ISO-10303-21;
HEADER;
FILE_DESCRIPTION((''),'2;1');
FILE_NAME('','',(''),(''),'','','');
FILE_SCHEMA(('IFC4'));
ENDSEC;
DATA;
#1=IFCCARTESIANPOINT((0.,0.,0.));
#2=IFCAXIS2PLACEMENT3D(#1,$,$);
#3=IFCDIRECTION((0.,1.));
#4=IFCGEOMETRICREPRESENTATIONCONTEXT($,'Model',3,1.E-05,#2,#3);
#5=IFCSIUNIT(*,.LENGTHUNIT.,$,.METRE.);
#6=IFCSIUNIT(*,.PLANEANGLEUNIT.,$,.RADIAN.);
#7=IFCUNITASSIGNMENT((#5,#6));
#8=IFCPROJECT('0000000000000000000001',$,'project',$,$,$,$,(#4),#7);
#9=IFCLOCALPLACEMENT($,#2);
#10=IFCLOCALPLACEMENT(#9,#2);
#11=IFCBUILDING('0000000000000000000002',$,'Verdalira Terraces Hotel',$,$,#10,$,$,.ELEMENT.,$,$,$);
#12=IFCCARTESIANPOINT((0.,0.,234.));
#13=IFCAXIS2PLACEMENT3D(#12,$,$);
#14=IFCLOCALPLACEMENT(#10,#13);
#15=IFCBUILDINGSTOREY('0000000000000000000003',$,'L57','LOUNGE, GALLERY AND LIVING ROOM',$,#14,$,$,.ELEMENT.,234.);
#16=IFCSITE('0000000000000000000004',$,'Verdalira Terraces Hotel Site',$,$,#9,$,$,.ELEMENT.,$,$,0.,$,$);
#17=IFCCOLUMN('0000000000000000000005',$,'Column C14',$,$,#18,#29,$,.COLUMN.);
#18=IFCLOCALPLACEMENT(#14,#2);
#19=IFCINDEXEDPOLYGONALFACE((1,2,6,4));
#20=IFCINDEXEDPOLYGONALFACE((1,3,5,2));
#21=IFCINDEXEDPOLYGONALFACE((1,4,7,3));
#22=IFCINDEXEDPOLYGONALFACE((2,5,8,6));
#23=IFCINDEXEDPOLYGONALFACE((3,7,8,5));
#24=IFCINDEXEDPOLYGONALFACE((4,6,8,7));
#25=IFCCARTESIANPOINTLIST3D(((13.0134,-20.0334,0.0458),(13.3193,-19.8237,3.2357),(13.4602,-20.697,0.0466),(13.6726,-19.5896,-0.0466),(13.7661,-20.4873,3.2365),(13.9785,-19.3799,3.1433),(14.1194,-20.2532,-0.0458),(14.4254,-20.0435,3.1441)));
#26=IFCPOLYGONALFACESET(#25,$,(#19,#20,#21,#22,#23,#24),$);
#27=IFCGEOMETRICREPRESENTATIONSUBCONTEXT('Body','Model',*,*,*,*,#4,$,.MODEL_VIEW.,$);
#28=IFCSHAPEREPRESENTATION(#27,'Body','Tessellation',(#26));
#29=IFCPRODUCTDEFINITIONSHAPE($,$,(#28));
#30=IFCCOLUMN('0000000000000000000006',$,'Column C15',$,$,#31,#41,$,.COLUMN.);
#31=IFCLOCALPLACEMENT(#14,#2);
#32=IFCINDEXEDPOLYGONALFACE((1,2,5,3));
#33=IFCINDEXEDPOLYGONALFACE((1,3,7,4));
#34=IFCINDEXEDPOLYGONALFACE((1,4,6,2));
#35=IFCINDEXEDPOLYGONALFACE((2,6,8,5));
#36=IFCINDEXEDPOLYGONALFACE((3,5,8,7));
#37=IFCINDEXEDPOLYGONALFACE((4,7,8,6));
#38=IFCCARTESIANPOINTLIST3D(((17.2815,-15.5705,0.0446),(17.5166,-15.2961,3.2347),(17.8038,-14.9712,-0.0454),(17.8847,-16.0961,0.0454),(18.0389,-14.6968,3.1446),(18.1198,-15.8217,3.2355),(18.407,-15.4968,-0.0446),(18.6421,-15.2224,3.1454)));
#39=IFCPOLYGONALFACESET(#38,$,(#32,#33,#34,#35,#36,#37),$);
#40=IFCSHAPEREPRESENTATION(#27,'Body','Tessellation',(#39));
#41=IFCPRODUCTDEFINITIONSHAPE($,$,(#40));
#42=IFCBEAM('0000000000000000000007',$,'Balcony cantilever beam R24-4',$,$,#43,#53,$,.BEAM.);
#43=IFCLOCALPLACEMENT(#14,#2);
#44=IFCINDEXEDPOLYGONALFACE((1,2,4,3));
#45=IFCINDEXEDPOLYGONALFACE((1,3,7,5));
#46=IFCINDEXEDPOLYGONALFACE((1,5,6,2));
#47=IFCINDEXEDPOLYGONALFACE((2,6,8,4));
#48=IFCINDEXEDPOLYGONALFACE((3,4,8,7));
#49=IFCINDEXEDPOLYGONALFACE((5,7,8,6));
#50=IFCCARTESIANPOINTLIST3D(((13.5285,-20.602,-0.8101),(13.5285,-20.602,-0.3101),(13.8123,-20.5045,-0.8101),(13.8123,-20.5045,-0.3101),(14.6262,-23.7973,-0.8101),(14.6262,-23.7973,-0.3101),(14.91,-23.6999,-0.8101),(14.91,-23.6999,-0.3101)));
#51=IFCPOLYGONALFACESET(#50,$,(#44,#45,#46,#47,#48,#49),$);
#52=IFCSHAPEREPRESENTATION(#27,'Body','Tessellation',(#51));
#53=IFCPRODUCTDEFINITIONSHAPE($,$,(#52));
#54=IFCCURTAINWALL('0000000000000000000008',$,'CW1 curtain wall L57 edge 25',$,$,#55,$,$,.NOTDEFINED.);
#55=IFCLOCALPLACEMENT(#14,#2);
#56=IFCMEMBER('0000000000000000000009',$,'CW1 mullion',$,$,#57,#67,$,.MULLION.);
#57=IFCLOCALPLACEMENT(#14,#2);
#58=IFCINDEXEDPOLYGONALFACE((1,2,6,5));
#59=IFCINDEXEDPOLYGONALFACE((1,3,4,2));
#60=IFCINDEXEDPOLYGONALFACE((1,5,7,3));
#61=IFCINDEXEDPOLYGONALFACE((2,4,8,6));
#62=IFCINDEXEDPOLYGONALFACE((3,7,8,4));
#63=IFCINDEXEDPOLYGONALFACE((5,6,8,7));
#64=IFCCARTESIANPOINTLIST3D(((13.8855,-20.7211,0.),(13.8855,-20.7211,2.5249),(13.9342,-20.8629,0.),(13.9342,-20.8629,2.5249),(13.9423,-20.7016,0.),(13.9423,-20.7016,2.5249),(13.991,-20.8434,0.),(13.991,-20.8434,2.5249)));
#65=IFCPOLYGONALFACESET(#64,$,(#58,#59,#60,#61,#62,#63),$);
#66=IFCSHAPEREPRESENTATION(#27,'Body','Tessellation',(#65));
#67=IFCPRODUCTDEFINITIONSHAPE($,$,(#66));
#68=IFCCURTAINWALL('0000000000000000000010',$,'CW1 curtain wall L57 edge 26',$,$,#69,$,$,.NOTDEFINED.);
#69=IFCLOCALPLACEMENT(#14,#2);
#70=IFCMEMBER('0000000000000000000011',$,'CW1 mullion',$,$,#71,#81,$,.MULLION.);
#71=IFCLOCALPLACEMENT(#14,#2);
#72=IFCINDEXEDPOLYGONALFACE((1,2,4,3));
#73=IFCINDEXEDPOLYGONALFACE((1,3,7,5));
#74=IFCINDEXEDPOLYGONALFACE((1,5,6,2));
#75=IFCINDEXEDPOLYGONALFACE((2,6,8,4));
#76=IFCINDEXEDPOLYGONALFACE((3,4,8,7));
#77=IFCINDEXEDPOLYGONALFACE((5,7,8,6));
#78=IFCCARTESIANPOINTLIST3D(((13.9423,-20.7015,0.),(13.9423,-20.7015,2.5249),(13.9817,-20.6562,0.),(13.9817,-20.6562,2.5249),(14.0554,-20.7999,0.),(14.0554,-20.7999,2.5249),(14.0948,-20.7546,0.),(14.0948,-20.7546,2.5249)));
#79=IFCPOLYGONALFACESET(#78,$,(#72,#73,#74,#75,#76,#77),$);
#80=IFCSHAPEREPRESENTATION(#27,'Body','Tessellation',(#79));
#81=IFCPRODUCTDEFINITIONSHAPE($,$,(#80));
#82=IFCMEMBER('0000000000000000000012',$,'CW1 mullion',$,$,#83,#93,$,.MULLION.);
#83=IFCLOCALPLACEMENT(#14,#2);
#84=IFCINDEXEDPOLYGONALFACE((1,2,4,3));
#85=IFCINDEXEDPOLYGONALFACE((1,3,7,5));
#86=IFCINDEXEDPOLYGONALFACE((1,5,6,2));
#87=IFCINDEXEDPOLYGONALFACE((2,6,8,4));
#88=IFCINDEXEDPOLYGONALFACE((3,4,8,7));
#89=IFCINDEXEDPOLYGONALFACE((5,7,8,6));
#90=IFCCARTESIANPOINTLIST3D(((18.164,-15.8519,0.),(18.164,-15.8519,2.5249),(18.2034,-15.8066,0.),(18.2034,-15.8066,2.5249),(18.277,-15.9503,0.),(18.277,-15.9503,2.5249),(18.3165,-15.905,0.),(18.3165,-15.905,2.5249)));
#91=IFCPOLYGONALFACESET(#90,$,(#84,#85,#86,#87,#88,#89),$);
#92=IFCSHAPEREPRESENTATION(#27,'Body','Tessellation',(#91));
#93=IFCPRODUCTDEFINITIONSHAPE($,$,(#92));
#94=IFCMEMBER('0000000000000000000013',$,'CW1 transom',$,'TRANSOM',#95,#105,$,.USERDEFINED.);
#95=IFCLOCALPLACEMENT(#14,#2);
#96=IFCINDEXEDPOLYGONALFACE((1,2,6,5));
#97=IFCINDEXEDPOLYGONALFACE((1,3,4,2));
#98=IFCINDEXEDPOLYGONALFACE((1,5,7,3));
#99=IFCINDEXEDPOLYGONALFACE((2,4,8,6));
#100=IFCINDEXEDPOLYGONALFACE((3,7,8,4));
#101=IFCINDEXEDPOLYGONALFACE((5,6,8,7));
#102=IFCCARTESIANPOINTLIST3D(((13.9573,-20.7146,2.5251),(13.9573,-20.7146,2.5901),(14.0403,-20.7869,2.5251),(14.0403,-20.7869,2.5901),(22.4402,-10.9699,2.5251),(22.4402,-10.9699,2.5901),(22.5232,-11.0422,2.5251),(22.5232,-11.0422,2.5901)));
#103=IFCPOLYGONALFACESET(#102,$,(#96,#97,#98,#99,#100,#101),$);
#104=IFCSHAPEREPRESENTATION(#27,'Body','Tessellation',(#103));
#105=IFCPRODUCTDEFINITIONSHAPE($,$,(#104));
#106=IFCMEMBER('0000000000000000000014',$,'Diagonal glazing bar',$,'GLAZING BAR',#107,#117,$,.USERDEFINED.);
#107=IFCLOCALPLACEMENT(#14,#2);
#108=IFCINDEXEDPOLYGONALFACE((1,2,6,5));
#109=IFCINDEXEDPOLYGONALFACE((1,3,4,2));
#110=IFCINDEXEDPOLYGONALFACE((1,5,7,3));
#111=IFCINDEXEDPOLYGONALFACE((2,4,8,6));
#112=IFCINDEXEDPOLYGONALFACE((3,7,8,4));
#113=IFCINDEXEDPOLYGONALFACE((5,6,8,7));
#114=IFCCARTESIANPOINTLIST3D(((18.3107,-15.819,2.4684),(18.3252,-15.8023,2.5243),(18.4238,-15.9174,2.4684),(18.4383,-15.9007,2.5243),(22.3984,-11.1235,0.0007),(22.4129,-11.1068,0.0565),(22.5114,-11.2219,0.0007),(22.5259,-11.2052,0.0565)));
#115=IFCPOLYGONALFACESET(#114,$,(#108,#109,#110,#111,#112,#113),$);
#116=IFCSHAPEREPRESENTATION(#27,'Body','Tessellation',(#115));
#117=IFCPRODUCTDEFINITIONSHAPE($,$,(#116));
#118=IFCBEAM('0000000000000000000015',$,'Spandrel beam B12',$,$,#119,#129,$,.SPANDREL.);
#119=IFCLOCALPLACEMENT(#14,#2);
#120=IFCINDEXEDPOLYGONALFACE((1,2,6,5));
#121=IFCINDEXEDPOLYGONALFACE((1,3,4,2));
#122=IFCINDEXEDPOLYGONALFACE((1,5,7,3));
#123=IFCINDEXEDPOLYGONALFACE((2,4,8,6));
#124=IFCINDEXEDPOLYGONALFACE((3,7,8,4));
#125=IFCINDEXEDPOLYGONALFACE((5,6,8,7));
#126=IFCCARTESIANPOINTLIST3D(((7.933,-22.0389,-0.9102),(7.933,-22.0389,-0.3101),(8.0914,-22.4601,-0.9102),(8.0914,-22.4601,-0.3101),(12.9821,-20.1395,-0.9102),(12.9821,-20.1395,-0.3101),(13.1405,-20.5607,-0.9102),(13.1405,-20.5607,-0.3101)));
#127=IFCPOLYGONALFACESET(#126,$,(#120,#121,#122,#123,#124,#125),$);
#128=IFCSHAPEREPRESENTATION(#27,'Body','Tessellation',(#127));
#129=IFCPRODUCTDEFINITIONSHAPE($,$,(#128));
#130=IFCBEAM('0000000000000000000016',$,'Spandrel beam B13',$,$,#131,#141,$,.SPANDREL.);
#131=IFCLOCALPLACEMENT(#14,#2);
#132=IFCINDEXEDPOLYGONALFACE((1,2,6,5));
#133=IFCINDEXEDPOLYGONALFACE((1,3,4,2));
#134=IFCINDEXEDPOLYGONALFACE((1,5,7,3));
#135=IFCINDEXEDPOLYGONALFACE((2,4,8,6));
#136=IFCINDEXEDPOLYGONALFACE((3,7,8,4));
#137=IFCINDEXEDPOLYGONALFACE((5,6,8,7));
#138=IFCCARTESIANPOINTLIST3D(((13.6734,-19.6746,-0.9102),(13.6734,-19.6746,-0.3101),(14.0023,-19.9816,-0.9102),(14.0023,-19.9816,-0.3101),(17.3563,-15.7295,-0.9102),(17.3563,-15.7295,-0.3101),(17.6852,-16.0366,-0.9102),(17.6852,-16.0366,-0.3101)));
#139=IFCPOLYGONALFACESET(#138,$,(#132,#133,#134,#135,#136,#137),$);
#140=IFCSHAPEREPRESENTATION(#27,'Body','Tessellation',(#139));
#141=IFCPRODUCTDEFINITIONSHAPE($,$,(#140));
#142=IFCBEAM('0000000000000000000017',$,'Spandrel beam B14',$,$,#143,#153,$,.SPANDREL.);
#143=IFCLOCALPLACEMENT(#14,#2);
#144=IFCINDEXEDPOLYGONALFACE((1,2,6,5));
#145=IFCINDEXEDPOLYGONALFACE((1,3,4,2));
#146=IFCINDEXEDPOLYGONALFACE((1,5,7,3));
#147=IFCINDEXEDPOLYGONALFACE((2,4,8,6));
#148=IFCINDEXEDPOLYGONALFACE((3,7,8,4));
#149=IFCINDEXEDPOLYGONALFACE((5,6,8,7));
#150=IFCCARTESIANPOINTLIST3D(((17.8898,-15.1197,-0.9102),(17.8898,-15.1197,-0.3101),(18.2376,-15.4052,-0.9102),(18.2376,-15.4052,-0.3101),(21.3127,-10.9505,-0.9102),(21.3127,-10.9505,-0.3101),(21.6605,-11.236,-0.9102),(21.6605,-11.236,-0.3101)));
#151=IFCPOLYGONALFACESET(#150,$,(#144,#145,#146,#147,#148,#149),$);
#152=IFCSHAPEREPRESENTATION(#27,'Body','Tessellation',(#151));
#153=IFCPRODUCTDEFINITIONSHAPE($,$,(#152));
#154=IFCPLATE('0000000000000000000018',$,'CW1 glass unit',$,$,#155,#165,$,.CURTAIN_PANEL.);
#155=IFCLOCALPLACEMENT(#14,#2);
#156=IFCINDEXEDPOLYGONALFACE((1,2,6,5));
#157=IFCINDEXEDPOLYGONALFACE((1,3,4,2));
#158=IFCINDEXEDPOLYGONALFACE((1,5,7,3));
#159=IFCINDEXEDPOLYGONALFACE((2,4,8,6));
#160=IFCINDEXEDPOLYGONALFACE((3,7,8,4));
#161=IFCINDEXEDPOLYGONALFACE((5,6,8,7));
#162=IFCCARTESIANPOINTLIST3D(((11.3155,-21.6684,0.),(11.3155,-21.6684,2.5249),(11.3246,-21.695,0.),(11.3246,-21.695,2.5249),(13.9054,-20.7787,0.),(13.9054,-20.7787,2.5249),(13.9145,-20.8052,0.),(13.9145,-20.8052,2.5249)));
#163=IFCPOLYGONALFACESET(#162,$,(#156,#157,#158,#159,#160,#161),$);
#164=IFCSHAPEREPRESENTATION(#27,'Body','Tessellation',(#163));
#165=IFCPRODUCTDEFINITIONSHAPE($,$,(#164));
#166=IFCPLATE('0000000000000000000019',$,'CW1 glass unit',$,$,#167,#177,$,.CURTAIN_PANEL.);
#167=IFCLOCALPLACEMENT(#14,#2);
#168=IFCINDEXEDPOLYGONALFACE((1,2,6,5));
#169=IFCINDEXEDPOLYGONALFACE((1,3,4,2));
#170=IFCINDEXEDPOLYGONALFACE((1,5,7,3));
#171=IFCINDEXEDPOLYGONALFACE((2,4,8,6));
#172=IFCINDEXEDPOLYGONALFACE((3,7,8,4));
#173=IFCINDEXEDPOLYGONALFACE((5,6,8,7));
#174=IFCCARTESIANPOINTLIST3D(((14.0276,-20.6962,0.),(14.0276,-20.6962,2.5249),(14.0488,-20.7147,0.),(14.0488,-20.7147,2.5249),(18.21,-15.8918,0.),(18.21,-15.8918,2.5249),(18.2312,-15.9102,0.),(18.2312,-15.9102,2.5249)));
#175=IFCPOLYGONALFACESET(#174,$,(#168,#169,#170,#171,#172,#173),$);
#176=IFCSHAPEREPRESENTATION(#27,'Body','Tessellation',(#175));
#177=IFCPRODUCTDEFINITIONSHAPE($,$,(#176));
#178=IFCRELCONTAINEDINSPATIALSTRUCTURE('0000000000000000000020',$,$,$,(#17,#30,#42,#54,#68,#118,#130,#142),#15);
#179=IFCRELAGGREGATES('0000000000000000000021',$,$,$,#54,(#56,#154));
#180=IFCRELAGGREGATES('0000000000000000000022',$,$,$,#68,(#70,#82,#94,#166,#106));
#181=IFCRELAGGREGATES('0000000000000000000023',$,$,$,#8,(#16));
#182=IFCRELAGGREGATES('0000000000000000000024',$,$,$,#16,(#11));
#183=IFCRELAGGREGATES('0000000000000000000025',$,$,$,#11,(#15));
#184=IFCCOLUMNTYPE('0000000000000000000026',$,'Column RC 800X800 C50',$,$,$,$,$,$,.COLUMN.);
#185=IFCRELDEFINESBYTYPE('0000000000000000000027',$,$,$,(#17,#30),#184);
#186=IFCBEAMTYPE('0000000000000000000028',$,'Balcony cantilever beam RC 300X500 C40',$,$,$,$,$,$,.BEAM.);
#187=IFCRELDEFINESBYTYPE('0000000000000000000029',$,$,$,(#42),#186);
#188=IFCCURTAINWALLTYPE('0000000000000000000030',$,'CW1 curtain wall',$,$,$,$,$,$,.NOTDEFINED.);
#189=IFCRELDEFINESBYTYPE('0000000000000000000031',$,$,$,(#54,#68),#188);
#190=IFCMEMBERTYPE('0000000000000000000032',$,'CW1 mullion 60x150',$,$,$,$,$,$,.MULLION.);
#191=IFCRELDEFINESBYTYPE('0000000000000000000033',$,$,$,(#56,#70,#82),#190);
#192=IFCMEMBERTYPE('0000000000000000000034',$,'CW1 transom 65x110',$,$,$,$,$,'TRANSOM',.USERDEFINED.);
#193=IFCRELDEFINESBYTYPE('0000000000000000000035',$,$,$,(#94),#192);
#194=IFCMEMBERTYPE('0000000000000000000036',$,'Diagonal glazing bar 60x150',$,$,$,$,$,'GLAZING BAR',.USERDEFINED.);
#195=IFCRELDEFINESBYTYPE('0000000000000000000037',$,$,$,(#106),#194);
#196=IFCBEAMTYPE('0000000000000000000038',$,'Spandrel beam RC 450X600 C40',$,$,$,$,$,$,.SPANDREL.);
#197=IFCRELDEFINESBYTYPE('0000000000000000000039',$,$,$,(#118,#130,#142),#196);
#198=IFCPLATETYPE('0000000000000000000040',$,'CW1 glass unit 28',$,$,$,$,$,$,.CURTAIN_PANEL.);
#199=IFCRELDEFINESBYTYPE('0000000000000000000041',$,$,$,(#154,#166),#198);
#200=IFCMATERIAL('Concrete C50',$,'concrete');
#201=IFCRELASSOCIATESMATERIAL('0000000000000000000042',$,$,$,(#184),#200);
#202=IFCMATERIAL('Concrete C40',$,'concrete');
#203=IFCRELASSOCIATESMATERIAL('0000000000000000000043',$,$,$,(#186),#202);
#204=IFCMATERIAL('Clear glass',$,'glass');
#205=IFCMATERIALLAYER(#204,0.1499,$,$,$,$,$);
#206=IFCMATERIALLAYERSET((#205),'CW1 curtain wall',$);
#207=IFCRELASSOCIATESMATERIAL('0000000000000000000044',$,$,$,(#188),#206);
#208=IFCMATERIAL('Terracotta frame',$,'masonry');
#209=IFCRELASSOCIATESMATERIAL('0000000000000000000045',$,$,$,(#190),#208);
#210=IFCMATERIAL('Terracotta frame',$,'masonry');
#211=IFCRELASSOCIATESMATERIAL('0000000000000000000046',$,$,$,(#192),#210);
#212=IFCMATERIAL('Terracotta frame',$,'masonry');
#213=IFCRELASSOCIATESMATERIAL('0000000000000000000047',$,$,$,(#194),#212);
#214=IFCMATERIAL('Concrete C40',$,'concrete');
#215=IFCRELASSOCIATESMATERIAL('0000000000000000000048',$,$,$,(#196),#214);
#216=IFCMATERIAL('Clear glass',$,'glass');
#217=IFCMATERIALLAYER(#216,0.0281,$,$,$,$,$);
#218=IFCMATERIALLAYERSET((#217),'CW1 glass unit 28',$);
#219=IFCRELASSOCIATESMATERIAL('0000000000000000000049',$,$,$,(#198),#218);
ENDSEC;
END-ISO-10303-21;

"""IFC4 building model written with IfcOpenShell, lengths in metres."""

from ifc_helpers import new_model, si_unit, direction, frame, origin, origin_2d, place, context, subcontext, project, spatial, rectangle, extrude, material, layer, layer_set, material_profile, profile_set, type_object, element, aggregate, save


model = new_model("IFC4")

# Units and contexts
model_context = context("Model", 3, precision=1e-05, world=origin(), true_north=direction((0.0, 1.0)))
body_context = subcontext(model_context, "Body", "Model", "MODEL_VIEW")
ifc_project = project(units=[si_unit("LENGTHUNIT", "METRE"), si_unit("PLANEANGLEUNIT", "RADIAN")], contexts=[model_context])

# Site, building, storey
site_placement = place(None, origin())
site = spatial("IfcSite", under=ifc_project, at=site_placement, Name="Verdalira Terraces Hotel Site", CompositionType="ELEMENT", RefElevation=0.0)
building_placement = place(site_placement, origin())
building = spatial("IfcBuilding", under=site, at=building_placement, Name="Verdalira Terraces Hotel", CompositionType="ELEMENT")
storey_placement = place(building_placement, frame((0.0, 0.0, 234.0)))
storey = spatial("IfcBuildingStorey", under=building, at=storey_placement, Name="L57", Description="LOUNGE, GALLERY AND LIVING ROOM", CompositionType="ELEMENT", Elevation=234.0)

# Columns
ifc_material_1 = material(Name="Concrete C50", Category="concrete")
ifc_material_profile_1 = material_profile(ifc_material_1, rectangle(XDim=0.8, YDim=0.8, at=origin_2d()), Name="RC 800X800")
ifc_profile_set_1 = profile_set([ifc_material_profile_1], Name="Concrete C50")
column_type = type_object("IfcColumnType", Name="Column RC 800X800 C50", PredefinedType="COLUMN", material=ifc_profile_set_1)
column_1_placement = place(storey_placement, frame((13.5664, -20.1433, 0.0), z_axis=(0.095256, 0.065303, 0.993308), x_axis=(-0.824011, -0.554679, 0.115487)))
element("IfcColumn", 1, at=column_1_placement, inside=storey, type_object=column_type, Name="Column C14", PredefinedType="COLUMN", context=body_context, shape_type="SweptSolid", body=[
    extrude(rectangle(XDim=0.8, YDim=0.8, at=origin_2d()), origin(), (0.0, 0.0, 1.0), 3.2114),
])
column_2_placement = place(storey_placement, frame((17.8442, -15.5337, 0.0), z_axis=(0.073234, 0.085478, 0.993645), x_axis=(0.65287, 0.749061, -0.112556)))
element("IfcColumn", 2, at=column_2_placement, inside=storey, type_object=column_type, Name="Column C15", PredefinedType="COLUMN", context=body_context, shape_type="SweptSolid", body=[
    extrude(rectangle(XDim=0.8, YDim=0.8, at=origin_2d()), origin(), (0.0, 0.0, 1.0), 3.2104),
])

# Beam
ifc_material_2 = material(Name="Concrete C40", Category="concrete")
ifc_material_profile_2 = material_profile(ifc_material_2, rectangle(XDim=0.3, YDim=0.5, at=origin_2d()), Name="RC 300X500")
ifc_profile_set_2 = profile_set([ifc_material_profile_2], Name="Concrete C40")
beam_type_1 = type_object("IfcBeamType", Name="Balcony cantilever beam RC 300X500 C40", PredefinedType="BEAM", material=ifc_profile_set_2)
beam_1_placement = place(storey_placement, frame((13.6704, -20.5532, -0.5601), z_axis=(0.324886, -0.945753, 0.0), x_axis=(0.945753, 0.324886, 0.0)))
element("IfcBeam", 3, at=beam_1_placement, inside=storey, type_object=beam_type_1, Name="Balcony cantilever beam R24-4", PredefinedType="BEAM", context=body_context, shape_type="SweptSolid", body=[
    extrude(rectangle(XDim=0.3, YDim=0.5, at=origin_2d()), origin(), (0.0, 0.0, 1.0), 3.3787),
])

# Curtain wall, member
ifc_material_3 = material(Name="Clear glass", Category="glass")
ifc_layer_1 = layer(ifc_material_3, 0.1499)
ifc_layer_set_1 = layer_set([ifc_layer_1], Name="CW1 curtain wall")
curtain_wall_type = type_object("IfcCurtainWallType", Name="CW1 curtain wall", PredefinedType="NOTDEFINED", material=ifc_layer_set_1)
curtain_wall_1_placement = place(storey_placement, origin())
curtain_wall_1 = element("IfcCurtainWall", 4, at=curtain_wall_1_placement, inside=storey, type_object=curtain_wall_type, Name="CW1 curtain wall L57 edge 25", PredefinedType="NOTDEFINED")
ifc_material_4 = material(Name="Terracotta frame", Category="masonry")
ifc_material_profile_3 = material_profile(ifc_material_4, rectangle(XDim=0.0601, YDim=0.1499, at=origin_2d()), Name="MU 60x150")
ifc_profile_set_3 = profile_set([ifc_material_profile_3], Name="Terracotta frame")
member_type_1 = type_object("IfcMemberType", Name="CW1 mullion 60x150", PredefinedType="MULLION", material=ifc_profile_set_3)
member_1_placement = place(storey_placement, frame((13.9382, -20.7822, 0.0), z_axis=(0.0, 0.0, 1.0), x_axis=(0.945746, 0.324908, 0.0)))
member_1 = element("IfcMember", 5, at=member_1_placement, type_object=member_type_1, Name="CW1 mullion", PredefinedType="MULLION", context=body_context, shape_type="SweptSolid", body=[
    extrude(rectangle(XDim=0.0601, YDim=0.1499, at=origin_2d()), origin(), (0.0, 0.0, 1.0), 2.5249),
])

# Curtain wall, members
curtain_wall_2_placement = place(storey_placement, origin())
curtain_wall_2 = element("IfcCurtainWall", 6, at=curtain_wall_2_placement, inside=storey, type_object=curtain_wall_type, Name="CW1 curtain wall L57 edge 26", PredefinedType="NOTDEFINED")
member_2_placement = place(storey_placement, frame((14.0186, -20.728, 0.0), z_axis=(0.0, 0.0, 1.0), x_axis=(0.656586, 0.754251, 0.0)))
member_2 = element("IfcMember", 7, at=member_2_placement, type_object=member_type_1, Name="CW1 mullion", PredefinedType="MULLION", context=body_context, shape_type="SweptSolid", body=[
    extrude(rectangle(XDim=0.0601, YDim=0.1499, at=origin_2d()), origin(), (0.0, 0.0, 1.0), 2.5249),
])
member_3_placement = place(storey_placement, frame((18.2402, -15.8784, 0.0), z_axis=(0.0, 0.0, 1.0), x_axis=(0.656586, 0.754251, 0.0)))
member_3 = element("IfcMember", 8, at=member_3_placement, type_object=member_type_1, Name="CW1 mullion", PredefinedType="MULLION", context=body_context, shape_type="SweptSolid", body=[
    extrude(rectangle(XDim=0.0601, YDim=0.1499, at=origin_2d()), origin(), (0.0, 0.0, 1.0), 2.5249),
])
ifc_material_5 = material(Name="Terracotta frame", Category="masonry")
ifc_material_profile_4 = material_profile(ifc_material_5, rectangle(XDim=0.1101, YDim=0.0649, at=origin_2d()), Name="TR 65x110")
ifc_profile_set_4 = profile_set([ifc_material_profile_4], Name="Terracotta frame")
member_type_2 = type_object("IfcMemberType", Name="CW1 transom 65x110", ElementType="TRANSOM", PredefinedType="USERDEFINED", material=ifc_profile_set_4)
member_4_placement = place(storey_placement, frame((13.9988, -20.7507, 2.5576), z_axis=(0.656589, 0.754248, 0.0), x_axis=(-0.754248, 0.656589, 0.0)))
member_4 = element("IfcMember", 9, at=member_4_placement, type_object=member_type_2, Name="CW1 transom", ObjectType="TRANSOM", PredefinedType="USERDEFINED", context=body_context, shape_type="SweptSolid", body=[
    extrude(rectangle(XDim=0.1101, YDim=0.0649, at=origin_2d()), origin(), (0.0, 0.0, 1.0), 12.9197),
])
ifc_material_6 = material(Name="Terracotta frame", Category="masonry")
ifc_material_profile_5 = material_profile(ifc_material_6, rectangle(XDim=0.1499, YDim=0.0601, at=origin_2d()), Name="GB 60x150")
ifc_profile_set_5 = profile_set([ifc_material_profile_5], Name="Terracotta frame")
member_type_3 = type_object("IfcMemberType", Name="Diagonal glazing bar 60x150", ElementType="GLAZING BAR", PredefinedType="USERDEFINED", material=ifc_profile_set_5)
member_5_placement = place(storey_placement, frame((18.3745, -15.8599, 2.4963), z_axis=(0.610389, 0.701165, -0.368501), x_axis=(-0.754243, 0.656595, 0.0)))
member_5 = element("IfcMember", 10, at=member_5_placement, type_object=member_type_3, Name="Diagonal glazing bar", ObjectType="GLAZING BAR", PredefinedType="USERDEFINED", context=body_context, shape_type="SweptSolid", body=[
    extrude(rectangle(XDim=0.1499, YDim=0.0601, at=origin_2d()), origin(), (0.0, 0.0, 1.0), 6.6968),
])

# Beams
ifc_material_7 = material(Name="Concrete C40", Category="concrete")
ifc_material_profile_6 = material_profile(ifc_material_7, rectangle(XDim=0.45, YDim=0.6001, at=origin_2d()), Name="RC 450X600")
ifc_profile_set_6 = profile_set([ifc_material_profile_6], Name="Concrete C40")
beam_type_2 = type_object("IfcBeamType", Name="Spandrel beam RC 450X600 C40", PredefinedType="SPANDREL", material=ifc_profile_set_6)
beam_2_placement = place(storey_placement, frame((8.0122, -22.2495, -0.6101), z_axis=(0.935962, 0.3521, 0.0), x_axis=(-0.3521, 0.935962, 0.0)))
element("IfcBeam", 11, at=beam_2_placement, inside=storey, type_object=beam_type_2, Name="Spandrel beam B12", PredefinedType="SPANDREL", context=body_context, shape_type="SweptSolid", body=[
    extrude(rectangle(XDim=0.45, YDim=0.6001, at=origin_2d()), origin(), (0.0, 0.0, 1.0), 5.3945),
])
beam_3_placement = place(storey_placement, frame((13.8379, -19.8281, -0.6101), z_axis=(0.682397, 0.730982, 0.0), x_axis=(-0.730982, 0.682397, 0.0)))
element("IfcBeam", 12, at=beam_3_placement, inside=storey, type_object=beam_type_2, Name="Spandrel beam B13", PredefinedType="SPANDREL", context=body_context, shape_type="SweptSolid", body=[
    extrude(rectangle(XDim=0.45, YDim=0.6001, at=origin_2d()), origin(), (0.0, 0.0, 1.0), 5.397),
])
beam_4_placement = place(storey_placement, frame((18.0637, -15.2625, -0.6101), z_axis=(0.634536, 0.772894, 0.0), x_axis=(-0.772894, 0.634536, 0.0)))
element("IfcBeam", 13, at=beam_4_placement, inside=storey, type_object=beam_type_2, Name="Spandrel beam B14", PredefinedType="SPANDREL", context=body_context, shape_type="SweptSolid", body=[
    extrude(rectangle(XDim=0.45, YDim=0.6001, at=origin_2d()), origin(), (0.0, 0.0, 1.0), 5.3943),
])

# Plates
ifc_material_8 = material(Name="Clear glass", Category="glass")
ifc_layer_2 = layer(ifc_material_8, 0.0281)
ifc_layer_set_2 = layer_set([ifc_layer_2], Name="CW1 glass unit 28")
plate_type = type_object("IfcPlateType", Name="CW1 glass unit 28", PredefinedType="CURTAIN_PANEL", material=ifc_layer_set_2)
plate_1_placement = place(storey_placement, frame((12.615, -21.2368, 0.0), z_axis=(0.0, 0.0, 1.0), x_axis=(0.945746, 0.324908, 0.0)))
plate_1 = element("IfcPlate", 14, at=plate_1_placement, type_object=plate_type, Name="CW1 glass unit", PredefinedType="CURTAIN_PANEL", context=body_context, shape_type="SweptSolid", body=[
    extrude(rectangle(XDim=2.7385, YDim=0.0281, at=origin_2d()), origin(), (0.0, 0.0, 1.0), 2.5249),
])
aggregate(curtain_wall_1, [member_1, plate_1])
plate_2_placement = place(storey_placement, frame((16.1294, -18.3032, 0.0), z_axis=(0.0, 0.0, 1.0), x_axis=(0.656586, 0.754251, 0.0)))
plate_2 = element("IfcPlate", 15, at=plate_2_placement, type_object=plate_type, Name="CW1 glass unit", PredefinedType="CURTAIN_PANEL", context=body_context, shape_type="SweptSolid", body=[
    extrude(rectangle(XDim=6.3699, YDim=0.0281, at=origin_2d()), origin(), (0.0, 0.0, 1.0), 2.5249),
])
aggregate(curtain_wall_2, [member_2, member_3, member_4, plate_2, member_5])

save(model, "model.ifc")
